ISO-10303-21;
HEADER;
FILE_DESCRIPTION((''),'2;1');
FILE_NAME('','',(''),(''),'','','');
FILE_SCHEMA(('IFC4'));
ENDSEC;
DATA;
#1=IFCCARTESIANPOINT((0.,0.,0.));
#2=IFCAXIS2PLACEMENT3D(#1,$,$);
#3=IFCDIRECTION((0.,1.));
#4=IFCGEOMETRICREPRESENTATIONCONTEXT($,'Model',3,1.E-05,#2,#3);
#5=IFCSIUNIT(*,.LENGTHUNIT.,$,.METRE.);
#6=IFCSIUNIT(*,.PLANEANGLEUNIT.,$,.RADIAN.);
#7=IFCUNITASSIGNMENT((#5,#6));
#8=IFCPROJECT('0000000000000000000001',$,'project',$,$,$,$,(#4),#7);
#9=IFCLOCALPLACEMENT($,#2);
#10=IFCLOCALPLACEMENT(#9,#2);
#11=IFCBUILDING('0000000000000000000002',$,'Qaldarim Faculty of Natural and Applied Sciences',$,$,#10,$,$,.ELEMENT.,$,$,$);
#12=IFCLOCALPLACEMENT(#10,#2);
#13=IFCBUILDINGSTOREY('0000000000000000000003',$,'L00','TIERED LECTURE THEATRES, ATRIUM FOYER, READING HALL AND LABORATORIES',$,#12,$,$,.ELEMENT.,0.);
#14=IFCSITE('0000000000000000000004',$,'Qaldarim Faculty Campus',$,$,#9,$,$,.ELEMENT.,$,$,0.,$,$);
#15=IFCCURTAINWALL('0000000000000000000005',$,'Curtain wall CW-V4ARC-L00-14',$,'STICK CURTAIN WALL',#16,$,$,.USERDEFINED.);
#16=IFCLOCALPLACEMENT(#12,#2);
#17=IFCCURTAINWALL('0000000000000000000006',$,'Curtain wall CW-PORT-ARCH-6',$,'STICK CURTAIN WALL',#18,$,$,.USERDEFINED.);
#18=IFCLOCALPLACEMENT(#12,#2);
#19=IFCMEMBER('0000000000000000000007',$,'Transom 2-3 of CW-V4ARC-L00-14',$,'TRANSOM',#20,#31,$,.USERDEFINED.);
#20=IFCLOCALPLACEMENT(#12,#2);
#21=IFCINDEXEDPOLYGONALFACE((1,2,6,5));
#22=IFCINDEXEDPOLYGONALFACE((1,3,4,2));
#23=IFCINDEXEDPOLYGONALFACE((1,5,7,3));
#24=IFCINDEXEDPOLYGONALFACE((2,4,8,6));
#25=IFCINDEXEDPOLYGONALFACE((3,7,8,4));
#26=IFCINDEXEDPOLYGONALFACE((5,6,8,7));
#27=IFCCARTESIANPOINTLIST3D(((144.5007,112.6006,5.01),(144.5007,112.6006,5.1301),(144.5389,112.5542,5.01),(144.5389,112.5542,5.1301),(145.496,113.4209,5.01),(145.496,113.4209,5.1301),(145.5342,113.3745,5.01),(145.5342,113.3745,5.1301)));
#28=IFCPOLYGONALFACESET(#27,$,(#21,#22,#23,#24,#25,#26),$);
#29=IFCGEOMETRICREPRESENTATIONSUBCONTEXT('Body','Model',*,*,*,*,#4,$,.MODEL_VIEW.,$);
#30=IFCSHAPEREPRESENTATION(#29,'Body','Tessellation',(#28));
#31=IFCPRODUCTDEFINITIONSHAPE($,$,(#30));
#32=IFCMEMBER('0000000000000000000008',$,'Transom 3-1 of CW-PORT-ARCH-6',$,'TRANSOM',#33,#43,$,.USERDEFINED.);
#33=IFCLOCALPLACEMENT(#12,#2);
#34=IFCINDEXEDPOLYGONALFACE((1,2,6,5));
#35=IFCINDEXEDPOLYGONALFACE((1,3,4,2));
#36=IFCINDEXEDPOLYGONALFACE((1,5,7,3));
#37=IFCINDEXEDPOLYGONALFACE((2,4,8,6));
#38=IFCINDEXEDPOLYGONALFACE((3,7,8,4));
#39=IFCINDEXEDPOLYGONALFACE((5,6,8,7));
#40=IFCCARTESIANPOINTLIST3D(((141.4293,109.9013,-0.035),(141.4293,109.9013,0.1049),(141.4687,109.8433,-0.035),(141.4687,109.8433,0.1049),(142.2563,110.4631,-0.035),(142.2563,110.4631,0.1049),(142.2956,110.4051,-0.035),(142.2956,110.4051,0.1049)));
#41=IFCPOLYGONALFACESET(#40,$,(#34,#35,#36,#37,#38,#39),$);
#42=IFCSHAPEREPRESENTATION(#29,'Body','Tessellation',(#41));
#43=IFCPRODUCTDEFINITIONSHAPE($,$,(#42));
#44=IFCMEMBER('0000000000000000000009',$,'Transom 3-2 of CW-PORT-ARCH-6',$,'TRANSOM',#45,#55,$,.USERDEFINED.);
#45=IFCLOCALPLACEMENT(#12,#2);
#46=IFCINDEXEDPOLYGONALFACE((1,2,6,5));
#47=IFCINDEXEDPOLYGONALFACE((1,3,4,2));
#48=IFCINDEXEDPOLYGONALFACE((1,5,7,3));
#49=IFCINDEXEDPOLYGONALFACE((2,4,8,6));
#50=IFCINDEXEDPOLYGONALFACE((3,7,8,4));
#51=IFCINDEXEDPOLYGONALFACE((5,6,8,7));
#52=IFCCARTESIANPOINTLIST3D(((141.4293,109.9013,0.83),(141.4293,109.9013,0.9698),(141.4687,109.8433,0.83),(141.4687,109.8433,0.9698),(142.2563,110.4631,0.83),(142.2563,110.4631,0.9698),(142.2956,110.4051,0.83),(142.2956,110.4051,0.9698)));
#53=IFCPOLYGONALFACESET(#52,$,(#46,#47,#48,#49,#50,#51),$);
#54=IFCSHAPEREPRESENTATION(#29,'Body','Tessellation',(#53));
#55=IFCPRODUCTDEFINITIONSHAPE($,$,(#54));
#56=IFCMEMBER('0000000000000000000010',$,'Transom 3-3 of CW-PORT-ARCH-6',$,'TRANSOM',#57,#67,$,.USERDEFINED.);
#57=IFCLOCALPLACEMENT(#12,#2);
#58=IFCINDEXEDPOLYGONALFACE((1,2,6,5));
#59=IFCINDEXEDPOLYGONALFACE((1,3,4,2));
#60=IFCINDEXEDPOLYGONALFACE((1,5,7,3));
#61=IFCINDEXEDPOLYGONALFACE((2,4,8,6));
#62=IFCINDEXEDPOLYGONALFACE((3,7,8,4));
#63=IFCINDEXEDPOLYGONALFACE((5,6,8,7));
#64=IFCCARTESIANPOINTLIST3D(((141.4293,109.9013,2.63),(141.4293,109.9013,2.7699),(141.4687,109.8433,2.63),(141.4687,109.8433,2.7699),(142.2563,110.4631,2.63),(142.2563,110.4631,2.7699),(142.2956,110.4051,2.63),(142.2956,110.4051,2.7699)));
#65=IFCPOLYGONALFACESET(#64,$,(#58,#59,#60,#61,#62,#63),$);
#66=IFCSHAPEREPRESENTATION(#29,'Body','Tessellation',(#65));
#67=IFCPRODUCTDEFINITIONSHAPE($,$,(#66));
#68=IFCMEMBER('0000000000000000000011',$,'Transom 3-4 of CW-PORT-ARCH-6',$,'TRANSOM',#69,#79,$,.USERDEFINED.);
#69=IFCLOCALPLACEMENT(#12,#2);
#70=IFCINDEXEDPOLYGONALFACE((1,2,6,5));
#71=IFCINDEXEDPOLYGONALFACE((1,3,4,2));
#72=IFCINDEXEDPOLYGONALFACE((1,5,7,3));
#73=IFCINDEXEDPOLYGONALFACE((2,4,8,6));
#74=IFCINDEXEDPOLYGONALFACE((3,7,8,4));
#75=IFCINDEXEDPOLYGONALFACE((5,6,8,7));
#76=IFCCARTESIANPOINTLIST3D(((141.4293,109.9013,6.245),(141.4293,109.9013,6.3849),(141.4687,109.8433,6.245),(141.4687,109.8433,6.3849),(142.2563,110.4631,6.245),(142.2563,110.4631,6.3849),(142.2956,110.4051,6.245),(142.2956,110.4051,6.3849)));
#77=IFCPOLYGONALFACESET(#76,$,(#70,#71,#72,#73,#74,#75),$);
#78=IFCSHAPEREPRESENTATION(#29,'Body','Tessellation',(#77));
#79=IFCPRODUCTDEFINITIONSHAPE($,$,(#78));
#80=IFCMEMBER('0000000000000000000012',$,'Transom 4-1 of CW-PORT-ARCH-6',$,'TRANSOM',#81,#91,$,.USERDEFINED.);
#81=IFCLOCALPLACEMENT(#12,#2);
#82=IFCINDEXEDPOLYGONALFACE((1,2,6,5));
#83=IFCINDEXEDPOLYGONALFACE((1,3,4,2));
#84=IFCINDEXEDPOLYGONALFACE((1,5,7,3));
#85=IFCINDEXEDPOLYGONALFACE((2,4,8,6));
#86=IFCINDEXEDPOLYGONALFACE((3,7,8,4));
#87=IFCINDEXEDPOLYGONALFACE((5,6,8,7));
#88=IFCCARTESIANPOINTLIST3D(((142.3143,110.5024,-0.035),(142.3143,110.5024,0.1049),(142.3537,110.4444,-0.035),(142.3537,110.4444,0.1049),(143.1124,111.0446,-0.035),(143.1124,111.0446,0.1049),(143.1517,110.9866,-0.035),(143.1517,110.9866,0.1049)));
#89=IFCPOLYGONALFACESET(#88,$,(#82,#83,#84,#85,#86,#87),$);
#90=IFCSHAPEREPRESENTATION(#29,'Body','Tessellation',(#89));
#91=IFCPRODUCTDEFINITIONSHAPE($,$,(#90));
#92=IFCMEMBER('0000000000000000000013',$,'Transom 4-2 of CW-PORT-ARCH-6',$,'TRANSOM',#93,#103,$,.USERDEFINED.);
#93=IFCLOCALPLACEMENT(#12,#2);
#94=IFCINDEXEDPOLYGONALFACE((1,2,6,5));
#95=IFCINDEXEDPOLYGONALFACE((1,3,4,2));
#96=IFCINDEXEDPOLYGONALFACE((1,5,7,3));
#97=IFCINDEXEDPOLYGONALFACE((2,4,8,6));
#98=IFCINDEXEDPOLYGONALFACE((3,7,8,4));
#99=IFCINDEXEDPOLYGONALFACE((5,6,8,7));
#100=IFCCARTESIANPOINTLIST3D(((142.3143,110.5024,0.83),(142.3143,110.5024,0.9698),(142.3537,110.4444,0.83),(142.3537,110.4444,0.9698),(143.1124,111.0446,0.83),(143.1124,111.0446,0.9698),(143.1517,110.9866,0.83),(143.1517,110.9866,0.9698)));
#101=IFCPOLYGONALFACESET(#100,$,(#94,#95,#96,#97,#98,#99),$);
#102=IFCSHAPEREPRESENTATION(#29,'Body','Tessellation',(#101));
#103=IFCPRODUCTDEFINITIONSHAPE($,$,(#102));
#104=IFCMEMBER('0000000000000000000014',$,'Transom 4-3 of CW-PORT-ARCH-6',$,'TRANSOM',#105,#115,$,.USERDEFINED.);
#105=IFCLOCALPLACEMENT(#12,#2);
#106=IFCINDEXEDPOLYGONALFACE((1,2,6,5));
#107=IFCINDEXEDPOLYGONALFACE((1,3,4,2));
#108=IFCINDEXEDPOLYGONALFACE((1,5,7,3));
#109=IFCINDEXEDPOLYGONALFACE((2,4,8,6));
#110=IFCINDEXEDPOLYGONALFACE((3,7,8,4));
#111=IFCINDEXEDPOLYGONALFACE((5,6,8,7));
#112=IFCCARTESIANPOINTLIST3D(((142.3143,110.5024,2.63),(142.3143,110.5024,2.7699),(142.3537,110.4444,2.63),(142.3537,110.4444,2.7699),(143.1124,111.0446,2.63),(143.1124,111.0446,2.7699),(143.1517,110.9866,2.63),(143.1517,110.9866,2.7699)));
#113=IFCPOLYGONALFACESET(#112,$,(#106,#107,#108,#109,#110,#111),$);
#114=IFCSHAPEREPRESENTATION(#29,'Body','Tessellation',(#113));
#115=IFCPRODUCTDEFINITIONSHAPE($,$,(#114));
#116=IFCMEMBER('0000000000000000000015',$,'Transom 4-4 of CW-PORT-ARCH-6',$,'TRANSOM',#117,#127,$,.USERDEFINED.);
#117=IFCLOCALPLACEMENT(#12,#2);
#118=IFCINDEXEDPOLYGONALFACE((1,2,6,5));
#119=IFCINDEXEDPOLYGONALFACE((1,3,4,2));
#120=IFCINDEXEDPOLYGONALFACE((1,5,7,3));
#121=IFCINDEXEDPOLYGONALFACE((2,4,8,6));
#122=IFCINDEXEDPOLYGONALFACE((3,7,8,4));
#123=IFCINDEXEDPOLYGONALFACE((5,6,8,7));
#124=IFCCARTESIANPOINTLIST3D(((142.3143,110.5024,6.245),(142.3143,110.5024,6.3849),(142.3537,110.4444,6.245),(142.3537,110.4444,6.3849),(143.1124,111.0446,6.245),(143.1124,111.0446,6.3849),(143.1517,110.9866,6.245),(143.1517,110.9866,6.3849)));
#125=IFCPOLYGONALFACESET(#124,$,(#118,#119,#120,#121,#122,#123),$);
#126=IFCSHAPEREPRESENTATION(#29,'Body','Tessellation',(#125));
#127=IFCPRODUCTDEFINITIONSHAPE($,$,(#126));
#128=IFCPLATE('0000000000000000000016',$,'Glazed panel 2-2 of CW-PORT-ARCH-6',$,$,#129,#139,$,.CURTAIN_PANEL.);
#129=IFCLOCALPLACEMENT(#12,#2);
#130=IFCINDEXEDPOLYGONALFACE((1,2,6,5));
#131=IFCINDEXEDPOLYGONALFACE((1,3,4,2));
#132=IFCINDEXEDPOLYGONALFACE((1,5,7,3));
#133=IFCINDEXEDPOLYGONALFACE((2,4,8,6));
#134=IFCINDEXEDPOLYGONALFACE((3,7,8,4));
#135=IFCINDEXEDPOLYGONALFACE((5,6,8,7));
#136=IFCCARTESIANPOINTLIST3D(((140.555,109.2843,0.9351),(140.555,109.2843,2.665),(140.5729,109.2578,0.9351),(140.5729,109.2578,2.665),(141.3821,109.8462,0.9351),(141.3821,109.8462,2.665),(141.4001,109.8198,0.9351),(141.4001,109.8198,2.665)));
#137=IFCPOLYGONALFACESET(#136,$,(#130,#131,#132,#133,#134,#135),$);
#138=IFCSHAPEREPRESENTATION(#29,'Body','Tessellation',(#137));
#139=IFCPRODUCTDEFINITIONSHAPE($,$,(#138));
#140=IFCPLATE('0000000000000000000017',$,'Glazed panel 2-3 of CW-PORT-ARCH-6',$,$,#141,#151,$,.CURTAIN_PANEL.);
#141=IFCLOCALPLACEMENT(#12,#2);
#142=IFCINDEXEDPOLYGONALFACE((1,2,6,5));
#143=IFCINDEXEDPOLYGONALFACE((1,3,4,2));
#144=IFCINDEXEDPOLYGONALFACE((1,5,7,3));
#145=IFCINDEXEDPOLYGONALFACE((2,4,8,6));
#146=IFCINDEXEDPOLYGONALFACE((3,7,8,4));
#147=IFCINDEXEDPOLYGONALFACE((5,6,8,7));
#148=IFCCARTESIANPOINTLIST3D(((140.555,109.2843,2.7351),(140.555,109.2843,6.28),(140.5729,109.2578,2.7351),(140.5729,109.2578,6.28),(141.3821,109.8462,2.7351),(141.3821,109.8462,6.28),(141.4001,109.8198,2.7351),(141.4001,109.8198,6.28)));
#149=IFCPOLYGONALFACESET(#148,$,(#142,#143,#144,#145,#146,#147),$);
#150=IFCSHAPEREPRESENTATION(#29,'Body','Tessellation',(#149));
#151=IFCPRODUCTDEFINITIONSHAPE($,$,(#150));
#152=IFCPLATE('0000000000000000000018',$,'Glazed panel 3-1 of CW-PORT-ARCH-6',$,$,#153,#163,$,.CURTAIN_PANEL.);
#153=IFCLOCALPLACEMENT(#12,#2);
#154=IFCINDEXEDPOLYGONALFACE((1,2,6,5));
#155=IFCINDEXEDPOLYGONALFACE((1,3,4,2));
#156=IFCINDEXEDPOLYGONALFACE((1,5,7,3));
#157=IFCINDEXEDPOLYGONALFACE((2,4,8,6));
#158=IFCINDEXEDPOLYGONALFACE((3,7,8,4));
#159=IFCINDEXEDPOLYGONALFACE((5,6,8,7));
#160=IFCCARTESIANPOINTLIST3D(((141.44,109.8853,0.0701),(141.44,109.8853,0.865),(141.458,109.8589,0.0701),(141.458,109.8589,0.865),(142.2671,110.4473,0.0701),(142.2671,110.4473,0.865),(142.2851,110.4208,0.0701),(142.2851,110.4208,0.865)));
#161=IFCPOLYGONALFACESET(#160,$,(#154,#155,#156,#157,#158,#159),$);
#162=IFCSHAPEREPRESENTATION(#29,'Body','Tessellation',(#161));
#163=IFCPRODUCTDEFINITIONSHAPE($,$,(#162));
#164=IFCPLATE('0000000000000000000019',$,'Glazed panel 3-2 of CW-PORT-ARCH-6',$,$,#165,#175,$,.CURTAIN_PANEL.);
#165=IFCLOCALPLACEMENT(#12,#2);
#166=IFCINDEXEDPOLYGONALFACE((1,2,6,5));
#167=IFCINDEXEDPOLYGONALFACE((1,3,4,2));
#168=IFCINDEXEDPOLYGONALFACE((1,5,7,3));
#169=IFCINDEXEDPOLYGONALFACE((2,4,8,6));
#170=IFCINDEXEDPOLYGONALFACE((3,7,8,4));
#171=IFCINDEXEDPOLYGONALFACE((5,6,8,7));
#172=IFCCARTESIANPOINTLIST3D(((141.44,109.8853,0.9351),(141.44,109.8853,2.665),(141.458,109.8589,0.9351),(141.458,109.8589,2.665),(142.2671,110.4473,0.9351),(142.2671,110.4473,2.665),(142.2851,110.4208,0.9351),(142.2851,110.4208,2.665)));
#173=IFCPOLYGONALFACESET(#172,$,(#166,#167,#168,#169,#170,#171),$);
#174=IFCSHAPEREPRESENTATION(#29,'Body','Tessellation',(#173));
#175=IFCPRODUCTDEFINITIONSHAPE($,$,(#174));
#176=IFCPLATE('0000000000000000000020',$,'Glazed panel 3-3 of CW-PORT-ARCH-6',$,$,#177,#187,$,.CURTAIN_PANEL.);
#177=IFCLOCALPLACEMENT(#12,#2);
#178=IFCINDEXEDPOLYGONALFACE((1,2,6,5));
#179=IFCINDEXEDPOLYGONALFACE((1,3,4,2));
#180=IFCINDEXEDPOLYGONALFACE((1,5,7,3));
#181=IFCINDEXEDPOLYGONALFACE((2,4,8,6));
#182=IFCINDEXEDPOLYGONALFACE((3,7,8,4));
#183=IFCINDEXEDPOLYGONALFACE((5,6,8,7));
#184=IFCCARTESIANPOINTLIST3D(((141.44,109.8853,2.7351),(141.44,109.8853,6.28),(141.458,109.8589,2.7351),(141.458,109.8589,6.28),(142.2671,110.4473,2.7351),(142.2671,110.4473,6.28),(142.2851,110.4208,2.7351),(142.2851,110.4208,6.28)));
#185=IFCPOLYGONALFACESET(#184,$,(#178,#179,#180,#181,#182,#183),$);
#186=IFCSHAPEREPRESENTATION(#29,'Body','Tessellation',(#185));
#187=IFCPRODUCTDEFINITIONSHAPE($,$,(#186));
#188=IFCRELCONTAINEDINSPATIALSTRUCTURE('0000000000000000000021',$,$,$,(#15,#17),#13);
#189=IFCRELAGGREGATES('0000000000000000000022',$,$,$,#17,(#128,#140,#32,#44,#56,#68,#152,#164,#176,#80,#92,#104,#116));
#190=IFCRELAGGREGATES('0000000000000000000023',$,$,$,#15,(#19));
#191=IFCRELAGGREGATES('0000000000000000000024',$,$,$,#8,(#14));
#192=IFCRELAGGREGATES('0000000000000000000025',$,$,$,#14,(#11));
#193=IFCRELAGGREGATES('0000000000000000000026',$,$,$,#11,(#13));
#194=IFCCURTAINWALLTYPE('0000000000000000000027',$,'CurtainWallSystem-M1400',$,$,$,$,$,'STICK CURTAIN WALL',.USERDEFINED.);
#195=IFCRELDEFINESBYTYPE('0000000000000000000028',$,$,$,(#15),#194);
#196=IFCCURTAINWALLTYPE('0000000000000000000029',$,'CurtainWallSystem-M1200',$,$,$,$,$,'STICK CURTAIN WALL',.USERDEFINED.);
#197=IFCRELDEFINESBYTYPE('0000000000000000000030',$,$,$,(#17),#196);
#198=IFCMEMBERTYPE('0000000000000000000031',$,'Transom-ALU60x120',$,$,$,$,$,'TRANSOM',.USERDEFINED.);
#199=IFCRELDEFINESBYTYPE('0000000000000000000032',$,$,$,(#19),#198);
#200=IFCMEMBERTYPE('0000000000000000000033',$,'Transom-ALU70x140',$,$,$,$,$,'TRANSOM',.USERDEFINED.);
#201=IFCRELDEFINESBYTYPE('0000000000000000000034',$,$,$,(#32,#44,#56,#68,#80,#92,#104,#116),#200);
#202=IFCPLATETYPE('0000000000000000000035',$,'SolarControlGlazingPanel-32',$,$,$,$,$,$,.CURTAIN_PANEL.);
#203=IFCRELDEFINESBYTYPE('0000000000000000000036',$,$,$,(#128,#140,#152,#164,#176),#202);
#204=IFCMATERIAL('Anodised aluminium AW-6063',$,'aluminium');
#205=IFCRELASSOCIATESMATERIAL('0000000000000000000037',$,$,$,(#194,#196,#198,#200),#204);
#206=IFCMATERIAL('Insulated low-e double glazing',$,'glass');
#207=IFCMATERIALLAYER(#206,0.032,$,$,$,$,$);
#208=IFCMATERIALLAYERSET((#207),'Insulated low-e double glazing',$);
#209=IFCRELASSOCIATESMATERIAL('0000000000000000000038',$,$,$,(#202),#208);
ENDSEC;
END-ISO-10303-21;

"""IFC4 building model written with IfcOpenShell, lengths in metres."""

from ifc_helpers import new_model, si_unit, direction, frame, origin, origin_2d, place, context, subcontext, project, spatial, rectangle, extrude, material, layer, layer_set, material_profile, profile_set, type_object, element, aggregate, save


model = new_model("IFC4")

# Units and contexts
model_context = context("Model", 3, precision=1e-05, world=origin(), true_north=direction((0.0, 1.0)))
body_context = subcontext(model_context, "Body", "Model", "MODEL_VIEW")
ifc_project = project(units=[si_unit("LENGTHUNIT", "METRE"), si_unit("PLANEANGLEUNIT", "RADIAN")], contexts=[model_context])

# Site, building, storey
site_placement = place(None, origin())
site = spatial("IfcSite", under=ifc_project, at=site_placement, Name="Qaldarim Faculty Campus", CompositionType="ELEMENT", RefElevation=0.0)
building_placement = place(site_placement, origin())
building = spatial("IfcBuilding", under=site, at=building_placement, Name="Qaldarim Faculty of Natural and Applied Sciences", CompositionType="ELEMENT")
storey_placement = place(building_placement, origin())
storey = spatial("IfcBuildingStorey", under=building, at=storey_placement, Name="L00", Description="TIERED LECTURE THEATRES, ATRIUM FOYER, READING HALL AND LABORATORIES", CompositionType="ELEMENT", Elevation=0.0)

# Curtain walls
ifc_material_1 = material(Name="Anodised aluminium AW-6063", Category="aluminium")
curtain_wall_type_1 = type_object("IfcCurtainWallType", Name="CurtainWallSystem-M1400", ElementType="STICK CURTAIN WALL", PredefinedType="USERDEFINED", material=ifc_material_1)
curtain_wall_1_placement = place(storey_placement, origin())
curtain_wall_1 = element("IfcCurtainWall", 1, at=curtain_wall_1_placement, inside=storey, type_object=curtain_wall_type_1, Name="Curtain wall CW-V4ARC-L00-14", ObjectType="STICK CURTAIN WALL", PredefinedType="USERDEFINED")
curtain_wall_type_2 = type_object("IfcCurtainWallType", Name="CurtainWallSystem-M1200", ElementType="STICK CURTAIN WALL", PredefinedType="USERDEFINED", material=ifc_material_1)
curtain_wall_2_placement = place(storey_placement, origin())
curtain_wall_2 = element("IfcCurtainWall", 2, at=curtain_wall_2_placement, inside=storey, type_object=curtain_wall_type_2, Name="Curtain wall CW-PORT-ARCH-6", ObjectType="STICK CURTAIN WALL", PredefinedType="USERDEFINED")

# Members
ifc_material_profile_1 = material_profile(ifc_material_1, rectangle(XDim=0.0601, YDim=0.1201, at=origin_2d()), Name="ALU-T60x120")
ifc_profile_set_1 = profile_set([ifc_material_profile_1], Name="Anodised aluminium AW-6063")
member_type_1 = type_object("IfcMemberType", Name="Transom-ALU60x120", ElementType="TRANSOM", PredefinedType="USERDEFINED", material=ifc_profile_set_1)
member_1_placement = place(storey_placement, frame((144.5198, 112.5774, 5.0701), z_axis=(0.771701, 0.635986, 0.0), x_axis=(-0.635986, 0.771701, 0.0)))
member_1 = element("IfcMember", 3, at=member_1_placement, type_object=member_type_1, Name="Transom 2-3 of CW-V4ARC-L00-14", ObjectType="TRANSOM", PredefinedType="USERDEFINED", context=body_context, shape_type="SweptSolid", body=[
    extrude(rectangle(XDim=0.0601, YDim=0.1201, at=origin_2d()), origin(), (0.0, 0.0, 1.0), 1.2898),
])
ifc_material_profile_2 = material_profile(ifc_material_1, rectangle(XDim=0.0701, YDim=0.1399, at=origin_2d()), Name="ALU-T70x140")
ifc_profile_set_2 = profile_set([ifc_material_profile_2], Name="Anodised aluminium AW-6063")
member_type_2 = type_object("IfcMemberType", Name="Transom-ALU70x140", ElementType="TRANSOM", PredefinedType="USERDEFINED", material=ifc_profile_set_2)
member_2_placement = place(storey_placement, frame((141.449, 109.8723, 0.0349), z_axis=(0.827172, 0.561949, 0.0), x_axis=(-0.561949, 0.827172, 0.0)))
member_2 = element("IfcMember", 4, at=member_2_placement, type_object=member_type_2, Name="Transom 3-1 of CW-PORT-ARCH-6", ObjectType="TRANSOM", PredefinedType="USERDEFINED", context=body_context, shape_type="SweptSolid", body=[
    extrude(rectangle(XDim=0.0701, YDim=0.1399, at=origin_2d()), origin(), (0.0, 0.0, 1.0), 0.9998),
])
member_3_placement = place(storey_placement, frame((141.449, 109.8723, 0.8999), z_axis=(0.827172, 0.561949, 0.0), x_axis=(-0.561949, 0.827172, 0.0)))
member_3 = element("IfcMember", 5, at=member_3_placement, type_object=member_type_2, Name="Transom 3-2 of CW-PORT-ARCH-6", ObjectType="TRANSOM", PredefinedType="USERDEFINED", context=body_context, shape_type="SweptSolid", body=[
    extrude(rectangle(XDim=0.0701, YDim=0.1399, at=origin_2d()), origin(), (0.0, 0.0, 1.0), 0.9998),
])
member_4_placement = place(storey_placement, frame((141.449, 109.8723, 2.7), z_axis=(0.827172, 0.561949, 0.0), x_axis=(-0.561949, 0.827172, 0.0)))
member_4 = element("IfcMember", 6, at=member_4_placement, type_object=member_type_2, Name="Transom 3-3 of CW-PORT-ARCH-6", ObjectType="TRANSOM", PredefinedType="USERDEFINED", context=body_context, shape_type="SweptSolid", body=[
    extrude(rectangle(XDim=0.0701, YDim=0.1399, at=origin_2d()), origin(), (0.0, 0.0, 1.0), 0.9998),
])
member_5_placement = place(storey_placement, frame((141.449, 109.8723, 6.3149), z_axis=(0.827172, 0.561949, 0.0), x_axis=(-0.561949, 0.827172, 0.0)))
member_5 = element("IfcMember", 7, at=member_5_placement, type_object=member_type_2, Name="Transom 3-4 of CW-PORT-ARCH-6", ObjectType="TRANSOM", PredefinedType="USERDEFINED", context=body_context, shape_type="SweptSolid", body=[
    extrude(rectangle(XDim=0.0701, YDim=0.1399, at=origin_2d()), origin(), (0.0, 0.0, 1.0), 0.9998),
])
member_6_placement = place(storey_placement, frame((142.334, 110.4734, 0.0349), z_axis=(0.827152, 0.561978, 0.0), x_axis=(-0.561978, 0.827152, 0.0)))
member_6 = element("IfcMember", 8, at=member_6_placement, type_object=member_type_2, Name="Transom 4-1 of CW-PORT-ARCH-6", ObjectType="TRANSOM", PredefinedType="USERDEFINED", context=body_context, shape_type="SweptSolid", body=[
    extrude(rectangle(XDim=0.0701, YDim=0.1399, at=origin_2d()), origin(), (0.0, 0.0, 1.0), 0.9648),
])
member_7_placement = place(storey_placement, frame((142.334, 110.4734, 0.8999), z_axis=(0.827152, 0.561978, 0.0), x_axis=(-0.561978, 0.827152, 0.0)))
member_7 = element("IfcMember", 9, at=member_7_placement, type_object=member_type_2, Name="Transom 4-2 of CW-PORT-ARCH-6", ObjectType="TRANSOM", PredefinedType="USERDEFINED", context=body_context, shape_type="SweptSolid", body=[
    extrude(rectangle(XDim=0.0701, YDim=0.1399, at=origin_2d()), origin(), (0.0, 0.0, 1.0), 0.9648),
])
member_8_placement = place(storey_placement, frame((142.334, 110.4734, 2.7), z_axis=(0.827152, 0.561978, 0.0), x_axis=(-0.561978, 0.827152, 0.0)))
member_8 = element("IfcMember", 10, at=member_8_placement, type_object=member_type_2, Name="Transom 4-3 of CW-PORT-ARCH-6", ObjectType="TRANSOM", PredefinedType="USERDEFINED", context=body_context, shape_type="SweptSolid", body=[
    extrude(rectangle(XDim=0.0701, YDim=0.1399, at=origin_2d()), origin(), (0.0, 0.0, 1.0), 0.9648),
])
member_9_placement = place(storey_placement, frame((142.334, 110.4734, 6.3149), z_axis=(0.827152, 0.561978, 0.0), x_axis=(-0.561978, 0.827152, 0.0)))
member_9 = element("IfcMember", 11, at=member_9_placement, type_object=member_type_2, Name="Transom 4-4 of CW-PORT-ARCH-6", ObjectType="TRANSOM", PredefinedType="USERDEFINED", context=body_context, shape_type="SweptSolid", body=[
    extrude(rectangle(XDim=0.0701, YDim=0.1399, at=origin_2d()), origin(), (0.0, 0.0, 1.0), 0.9648),
])

# Plates
ifc_material_2 = material(Name="Insulated low-e double glazing", Category="glass")
ifc_layer_1 = layer(ifc_material_2, 0.032)
ifc_layer_set_1 = layer_set([ifc_layer_1], Name="Insulated low-e double glazing")
plate_type_1 = type_object("IfcPlateType", Name="SolarControlGlazingPanel-32", PredefinedType="CURTAIN_PANEL", material=ifc_layer_set_1)
plate_1_placement = place(storey_placement, frame((140.9775, 109.552, 0.9351), z_axis=(0.0, 0.0, 1.0), x_axis=(0.827169, 0.561953, 0.0)))
plate_1 = element("IfcPlate", 12, at=plate_1_placement, type_object=plate_type_1, Name="Glazed panel 2-2 of CW-PORT-ARCH-6", PredefinedType="CURTAIN_PANEL", context=body_context, shape_type="SweptSolid", body=[
    extrude(rectangle(XDim=1.0, YDim=0.032, at=origin_2d()), origin(), (0.0, 0.0, 1.0), 1.73),
])
plate_2_placement = place(storey_placement, frame((140.9775, 109.552, 2.7351), z_axis=(0.0, 0.0, 1.0), x_axis=(0.827169, 0.561953, 0.0)))
plate_2 = element("IfcPlate", 13, at=plate_2_placement, type_object=plate_type_1, Name="Glazed panel 2-3 of CW-PORT-ARCH-6", PredefinedType="CURTAIN_PANEL", context=body_context, shape_type="SweptSolid", body=[
    extrude(rectangle(XDim=1.0, YDim=0.032, at=origin_2d()), origin(), (0.0, 0.0, 1.0), 3.5449),
])
plate_3_placement = place(storey_placement, frame((141.8625, 110.1531, 0.0701), z_axis=(0.0, 0.0, 1.0), x_axis=(0.827169, 0.561953, 0.0)))
plate_3 = element("IfcPlate", 14, at=plate_3_placement, type_object=plate_type_1, Name="Glazed panel 3-1 of CW-PORT-ARCH-6", PredefinedType="CURTAIN_PANEL", context=body_context, shape_type="SweptSolid", body=[
    extrude(rectangle(XDim=1.0, YDim=0.032, at=origin_2d()), origin(), (0.0, 0.0, 1.0), 0.7949),
])
plate_4_placement = place(storey_placement, frame((141.8625, 110.1531, 0.9351), z_axis=(0.0, 0.0, 1.0), x_axis=(0.827169, 0.561953, 0.0)))
plate_4 = element("IfcPlate", 15, at=plate_4_placement, type_object=plate_type_1, Name="Glazed panel 3-2 of CW-PORT-ARCH-6", PredefinedType="CURTAIN_PANEL", context=body_context, shape_type="SweptSolid", body=[
    extrude(rectangle(XDim=1.0, YDim=0.032, at=origin_2d()), origin(), (0.0, 0.0, 1.0), 1.73),
])
plate_5_placement = place(storey_placement, frame((141.8625, 110.1531, 2.7351), z_axis=(0.0, 0.0, 1.0), x_axis=(0.827169, 0.561953, 0.0)))
plate_5 = element("IfcPlate", 16, at=plate_5_placement, type_object=plate_type_1, Name="Glazed panel 3-3 of CW-PORT-ARCH-6", PredefinedType="CURTAIN_PANEL", context=body_context, shape_type="SweptSolid", body=[
    extrude(rectangle(XDim=1.0, YDim=0.032, at=origin_2d()), origin(), (0.0, 0.0, 1.0), 3.5449),
])
aggregate(curtain_wall_2, [plate_1, plate_2, member_2, member_3, member_4, member_5, plate_3, plate_4, plate_5, member_6, member_7, member_8, member_9])
aggregate(curtain_wall_1, [member_1])

save(model, "model.ifc")
